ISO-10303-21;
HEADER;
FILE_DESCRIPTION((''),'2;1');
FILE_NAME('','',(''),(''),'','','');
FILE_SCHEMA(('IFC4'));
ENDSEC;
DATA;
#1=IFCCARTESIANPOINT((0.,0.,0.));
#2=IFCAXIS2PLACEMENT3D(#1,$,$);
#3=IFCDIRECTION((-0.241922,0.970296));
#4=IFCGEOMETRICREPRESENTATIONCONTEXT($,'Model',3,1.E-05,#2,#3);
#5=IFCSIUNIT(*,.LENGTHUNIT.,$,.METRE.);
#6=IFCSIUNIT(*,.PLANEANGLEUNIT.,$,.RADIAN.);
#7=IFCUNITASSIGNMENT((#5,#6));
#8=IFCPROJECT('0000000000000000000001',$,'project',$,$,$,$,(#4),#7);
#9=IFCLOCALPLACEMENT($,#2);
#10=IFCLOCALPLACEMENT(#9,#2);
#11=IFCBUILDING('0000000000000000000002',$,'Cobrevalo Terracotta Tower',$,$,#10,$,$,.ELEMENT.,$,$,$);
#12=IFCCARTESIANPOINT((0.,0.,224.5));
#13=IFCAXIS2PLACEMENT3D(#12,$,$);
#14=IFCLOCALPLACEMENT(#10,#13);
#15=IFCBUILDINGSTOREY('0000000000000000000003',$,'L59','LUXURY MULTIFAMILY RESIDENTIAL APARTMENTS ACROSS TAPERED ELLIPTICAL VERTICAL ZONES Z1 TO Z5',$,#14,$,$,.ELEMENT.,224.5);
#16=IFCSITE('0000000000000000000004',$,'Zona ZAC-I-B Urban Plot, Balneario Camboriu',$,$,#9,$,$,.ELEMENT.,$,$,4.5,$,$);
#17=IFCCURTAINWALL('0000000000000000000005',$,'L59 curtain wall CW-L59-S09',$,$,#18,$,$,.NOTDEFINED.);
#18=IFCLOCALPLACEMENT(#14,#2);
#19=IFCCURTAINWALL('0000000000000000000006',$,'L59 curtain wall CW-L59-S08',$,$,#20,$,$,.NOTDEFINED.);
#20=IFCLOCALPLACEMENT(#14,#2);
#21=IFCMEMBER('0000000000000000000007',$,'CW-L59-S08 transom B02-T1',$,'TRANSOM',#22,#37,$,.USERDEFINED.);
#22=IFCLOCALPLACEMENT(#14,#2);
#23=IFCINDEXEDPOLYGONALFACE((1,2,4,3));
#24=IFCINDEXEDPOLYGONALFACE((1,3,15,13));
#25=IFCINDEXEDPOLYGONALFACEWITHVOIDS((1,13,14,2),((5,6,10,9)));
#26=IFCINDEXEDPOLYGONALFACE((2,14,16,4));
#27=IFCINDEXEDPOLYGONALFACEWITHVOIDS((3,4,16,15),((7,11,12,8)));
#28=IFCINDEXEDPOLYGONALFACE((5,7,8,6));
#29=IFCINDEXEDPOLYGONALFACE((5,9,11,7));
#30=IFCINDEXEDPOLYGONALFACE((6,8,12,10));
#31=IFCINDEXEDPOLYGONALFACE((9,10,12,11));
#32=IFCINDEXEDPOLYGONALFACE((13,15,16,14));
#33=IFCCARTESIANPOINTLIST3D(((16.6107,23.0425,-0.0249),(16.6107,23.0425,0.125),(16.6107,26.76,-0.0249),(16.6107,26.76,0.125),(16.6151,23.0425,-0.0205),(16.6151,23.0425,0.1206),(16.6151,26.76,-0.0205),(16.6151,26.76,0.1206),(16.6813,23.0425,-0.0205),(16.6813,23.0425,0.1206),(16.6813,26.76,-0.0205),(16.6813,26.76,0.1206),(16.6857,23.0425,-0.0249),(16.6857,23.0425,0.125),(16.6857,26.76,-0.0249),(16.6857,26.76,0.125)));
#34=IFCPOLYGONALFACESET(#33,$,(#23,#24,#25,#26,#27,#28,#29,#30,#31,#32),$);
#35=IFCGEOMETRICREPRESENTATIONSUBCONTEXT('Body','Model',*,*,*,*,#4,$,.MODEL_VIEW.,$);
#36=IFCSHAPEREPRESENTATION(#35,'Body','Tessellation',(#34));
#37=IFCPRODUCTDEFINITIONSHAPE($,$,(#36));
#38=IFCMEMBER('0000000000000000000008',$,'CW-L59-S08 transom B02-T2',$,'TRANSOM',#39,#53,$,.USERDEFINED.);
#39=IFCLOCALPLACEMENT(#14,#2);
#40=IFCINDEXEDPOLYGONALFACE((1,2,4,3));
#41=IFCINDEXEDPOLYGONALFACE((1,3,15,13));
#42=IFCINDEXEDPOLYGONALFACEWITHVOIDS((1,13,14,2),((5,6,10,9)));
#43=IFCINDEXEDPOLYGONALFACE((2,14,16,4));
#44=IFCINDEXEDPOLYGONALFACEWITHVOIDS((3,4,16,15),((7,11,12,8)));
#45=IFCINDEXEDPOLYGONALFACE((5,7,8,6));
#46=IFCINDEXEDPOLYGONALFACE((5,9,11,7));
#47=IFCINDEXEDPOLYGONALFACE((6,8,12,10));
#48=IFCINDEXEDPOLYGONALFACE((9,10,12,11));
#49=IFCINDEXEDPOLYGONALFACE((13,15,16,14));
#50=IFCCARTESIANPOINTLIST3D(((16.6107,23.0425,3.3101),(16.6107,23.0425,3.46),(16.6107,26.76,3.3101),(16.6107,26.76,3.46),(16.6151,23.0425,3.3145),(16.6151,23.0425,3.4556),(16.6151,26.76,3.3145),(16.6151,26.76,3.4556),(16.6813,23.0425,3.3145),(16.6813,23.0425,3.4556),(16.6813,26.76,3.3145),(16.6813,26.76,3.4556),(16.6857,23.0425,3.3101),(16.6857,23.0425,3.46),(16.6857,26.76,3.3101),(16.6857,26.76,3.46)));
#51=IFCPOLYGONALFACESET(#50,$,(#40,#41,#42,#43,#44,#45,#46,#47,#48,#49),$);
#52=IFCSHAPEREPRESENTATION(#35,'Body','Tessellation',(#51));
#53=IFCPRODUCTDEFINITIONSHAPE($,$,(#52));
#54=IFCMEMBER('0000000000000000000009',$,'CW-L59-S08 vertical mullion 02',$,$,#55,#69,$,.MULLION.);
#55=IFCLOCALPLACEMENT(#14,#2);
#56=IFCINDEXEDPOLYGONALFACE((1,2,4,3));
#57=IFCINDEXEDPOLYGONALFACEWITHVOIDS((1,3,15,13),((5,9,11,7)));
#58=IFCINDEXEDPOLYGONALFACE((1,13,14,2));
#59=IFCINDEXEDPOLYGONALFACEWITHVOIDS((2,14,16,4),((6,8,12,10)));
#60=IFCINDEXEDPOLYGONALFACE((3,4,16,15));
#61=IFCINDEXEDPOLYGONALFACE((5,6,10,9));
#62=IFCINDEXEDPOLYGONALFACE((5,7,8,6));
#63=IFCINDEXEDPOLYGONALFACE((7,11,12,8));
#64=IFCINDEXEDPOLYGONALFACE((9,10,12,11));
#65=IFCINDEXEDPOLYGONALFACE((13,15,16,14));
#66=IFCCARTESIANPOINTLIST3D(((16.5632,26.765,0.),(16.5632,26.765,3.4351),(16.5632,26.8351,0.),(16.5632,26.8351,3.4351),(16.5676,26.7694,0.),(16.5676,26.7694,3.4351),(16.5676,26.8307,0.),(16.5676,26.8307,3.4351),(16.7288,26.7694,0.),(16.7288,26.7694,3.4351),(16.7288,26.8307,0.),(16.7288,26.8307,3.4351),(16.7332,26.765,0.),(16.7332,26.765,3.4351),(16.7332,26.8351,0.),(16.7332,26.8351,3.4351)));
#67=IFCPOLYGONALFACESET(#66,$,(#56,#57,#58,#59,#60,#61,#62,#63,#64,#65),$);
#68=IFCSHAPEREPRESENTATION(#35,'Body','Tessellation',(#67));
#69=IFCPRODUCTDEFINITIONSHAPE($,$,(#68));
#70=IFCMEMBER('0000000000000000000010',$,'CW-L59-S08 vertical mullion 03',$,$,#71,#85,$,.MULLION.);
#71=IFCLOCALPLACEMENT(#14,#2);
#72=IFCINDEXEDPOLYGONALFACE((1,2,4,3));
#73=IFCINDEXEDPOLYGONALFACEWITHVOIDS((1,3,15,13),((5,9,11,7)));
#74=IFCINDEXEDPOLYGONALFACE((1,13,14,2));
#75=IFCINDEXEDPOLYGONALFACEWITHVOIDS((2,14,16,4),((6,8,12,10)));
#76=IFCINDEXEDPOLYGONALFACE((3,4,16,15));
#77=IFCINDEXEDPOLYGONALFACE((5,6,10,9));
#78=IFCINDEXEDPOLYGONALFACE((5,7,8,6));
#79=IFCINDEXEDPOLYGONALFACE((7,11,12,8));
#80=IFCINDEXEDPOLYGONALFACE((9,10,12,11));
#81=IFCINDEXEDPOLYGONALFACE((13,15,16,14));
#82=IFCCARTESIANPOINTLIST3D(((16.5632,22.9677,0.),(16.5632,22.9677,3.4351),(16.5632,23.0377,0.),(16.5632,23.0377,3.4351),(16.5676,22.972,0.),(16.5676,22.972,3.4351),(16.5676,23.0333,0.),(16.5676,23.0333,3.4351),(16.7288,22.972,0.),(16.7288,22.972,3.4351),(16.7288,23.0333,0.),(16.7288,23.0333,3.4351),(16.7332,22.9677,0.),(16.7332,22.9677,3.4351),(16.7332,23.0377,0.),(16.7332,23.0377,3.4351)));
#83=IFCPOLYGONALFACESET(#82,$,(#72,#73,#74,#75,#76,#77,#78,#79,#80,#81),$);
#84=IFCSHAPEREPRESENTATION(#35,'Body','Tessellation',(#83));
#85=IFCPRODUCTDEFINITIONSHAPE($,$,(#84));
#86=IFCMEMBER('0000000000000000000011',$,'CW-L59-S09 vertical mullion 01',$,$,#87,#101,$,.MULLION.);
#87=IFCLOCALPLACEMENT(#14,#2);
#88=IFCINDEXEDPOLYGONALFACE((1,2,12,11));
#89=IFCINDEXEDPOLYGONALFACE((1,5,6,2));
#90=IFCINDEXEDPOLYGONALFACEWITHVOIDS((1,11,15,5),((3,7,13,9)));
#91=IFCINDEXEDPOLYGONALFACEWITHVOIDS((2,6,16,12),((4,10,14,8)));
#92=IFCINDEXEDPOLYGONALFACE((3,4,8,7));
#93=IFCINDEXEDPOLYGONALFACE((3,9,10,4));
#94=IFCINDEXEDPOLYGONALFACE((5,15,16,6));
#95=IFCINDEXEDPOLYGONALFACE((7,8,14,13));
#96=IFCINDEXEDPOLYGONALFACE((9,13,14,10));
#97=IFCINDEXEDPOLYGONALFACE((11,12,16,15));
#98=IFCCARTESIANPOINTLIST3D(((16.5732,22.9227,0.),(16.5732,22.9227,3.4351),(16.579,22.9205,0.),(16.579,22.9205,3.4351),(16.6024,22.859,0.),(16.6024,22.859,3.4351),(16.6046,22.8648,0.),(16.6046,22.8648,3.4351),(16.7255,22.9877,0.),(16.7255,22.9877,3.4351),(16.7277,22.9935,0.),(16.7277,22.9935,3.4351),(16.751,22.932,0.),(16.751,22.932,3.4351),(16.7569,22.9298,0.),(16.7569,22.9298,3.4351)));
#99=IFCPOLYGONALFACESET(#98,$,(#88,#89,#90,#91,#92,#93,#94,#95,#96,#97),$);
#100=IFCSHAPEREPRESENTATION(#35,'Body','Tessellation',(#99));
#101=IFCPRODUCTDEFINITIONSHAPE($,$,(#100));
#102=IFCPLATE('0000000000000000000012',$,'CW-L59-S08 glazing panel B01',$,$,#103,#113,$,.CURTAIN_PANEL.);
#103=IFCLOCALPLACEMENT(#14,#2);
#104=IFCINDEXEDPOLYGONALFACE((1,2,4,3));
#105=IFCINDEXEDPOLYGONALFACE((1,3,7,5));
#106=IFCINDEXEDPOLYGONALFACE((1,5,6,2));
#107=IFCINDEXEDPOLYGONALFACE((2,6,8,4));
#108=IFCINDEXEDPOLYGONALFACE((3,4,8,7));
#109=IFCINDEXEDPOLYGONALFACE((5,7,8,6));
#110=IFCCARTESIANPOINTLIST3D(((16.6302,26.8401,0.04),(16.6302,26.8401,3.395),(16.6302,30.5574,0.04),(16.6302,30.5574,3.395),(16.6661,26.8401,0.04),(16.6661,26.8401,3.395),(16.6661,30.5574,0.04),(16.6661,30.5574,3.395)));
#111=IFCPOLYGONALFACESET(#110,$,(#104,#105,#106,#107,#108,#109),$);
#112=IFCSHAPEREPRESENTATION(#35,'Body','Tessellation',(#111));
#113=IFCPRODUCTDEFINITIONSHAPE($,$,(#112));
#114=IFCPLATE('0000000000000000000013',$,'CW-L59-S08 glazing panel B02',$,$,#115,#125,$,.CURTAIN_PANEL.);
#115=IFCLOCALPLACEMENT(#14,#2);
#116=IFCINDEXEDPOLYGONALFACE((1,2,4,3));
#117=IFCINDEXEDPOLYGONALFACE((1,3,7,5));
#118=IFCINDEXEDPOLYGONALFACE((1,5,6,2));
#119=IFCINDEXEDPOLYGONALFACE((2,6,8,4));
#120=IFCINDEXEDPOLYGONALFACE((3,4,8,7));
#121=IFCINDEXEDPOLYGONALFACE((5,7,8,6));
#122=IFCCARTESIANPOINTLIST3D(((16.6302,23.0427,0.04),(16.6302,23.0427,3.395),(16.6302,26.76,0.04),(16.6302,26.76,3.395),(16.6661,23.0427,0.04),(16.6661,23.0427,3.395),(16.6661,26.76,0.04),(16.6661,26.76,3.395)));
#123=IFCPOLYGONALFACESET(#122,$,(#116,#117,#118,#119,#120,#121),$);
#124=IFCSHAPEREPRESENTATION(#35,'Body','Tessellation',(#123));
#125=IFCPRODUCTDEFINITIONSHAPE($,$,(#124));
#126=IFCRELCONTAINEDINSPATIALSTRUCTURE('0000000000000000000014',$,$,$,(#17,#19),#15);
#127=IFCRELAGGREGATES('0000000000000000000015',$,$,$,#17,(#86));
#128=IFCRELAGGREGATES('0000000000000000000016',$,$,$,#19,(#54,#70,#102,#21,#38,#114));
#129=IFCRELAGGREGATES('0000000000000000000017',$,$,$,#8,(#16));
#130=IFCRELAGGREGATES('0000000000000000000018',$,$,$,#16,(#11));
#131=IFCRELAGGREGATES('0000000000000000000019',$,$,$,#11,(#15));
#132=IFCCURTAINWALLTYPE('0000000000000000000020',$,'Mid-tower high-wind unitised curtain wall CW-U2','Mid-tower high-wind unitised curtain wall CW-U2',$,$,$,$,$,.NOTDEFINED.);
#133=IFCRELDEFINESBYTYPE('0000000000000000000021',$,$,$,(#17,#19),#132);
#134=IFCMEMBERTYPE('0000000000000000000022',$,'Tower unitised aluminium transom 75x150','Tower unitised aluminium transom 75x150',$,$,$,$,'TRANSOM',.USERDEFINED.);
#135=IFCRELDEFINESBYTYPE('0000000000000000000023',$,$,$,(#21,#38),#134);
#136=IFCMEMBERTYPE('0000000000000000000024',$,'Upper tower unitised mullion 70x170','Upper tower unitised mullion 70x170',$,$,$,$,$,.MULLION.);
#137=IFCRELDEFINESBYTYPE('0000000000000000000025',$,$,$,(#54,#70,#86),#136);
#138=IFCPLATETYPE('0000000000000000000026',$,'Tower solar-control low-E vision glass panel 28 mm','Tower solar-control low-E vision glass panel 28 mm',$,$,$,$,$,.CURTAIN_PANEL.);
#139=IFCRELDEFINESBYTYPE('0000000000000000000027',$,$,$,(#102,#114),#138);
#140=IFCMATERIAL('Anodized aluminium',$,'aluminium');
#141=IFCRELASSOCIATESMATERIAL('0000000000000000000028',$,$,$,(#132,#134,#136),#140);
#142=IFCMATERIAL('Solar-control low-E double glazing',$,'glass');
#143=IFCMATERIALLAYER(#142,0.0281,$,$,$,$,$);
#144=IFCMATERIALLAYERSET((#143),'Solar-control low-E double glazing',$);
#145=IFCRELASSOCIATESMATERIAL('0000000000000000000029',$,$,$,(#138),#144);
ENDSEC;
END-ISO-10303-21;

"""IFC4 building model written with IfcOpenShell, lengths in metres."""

from ifc_helpers import new_model, si_unit, direction, frame, origin, origin_2d, place, context, subcontext, project, spatial, rectangle, hollow_rectangle, extrude, source, transform, mapped, material, layer, layer_set, material_profile, profile_set, type_object, element, aggregate, save


model = new_model("IFC4")

# Units and contexts
model_context = context("Model", 3, precision=1e-05, world=origin(), true_north=direction((-0.241922, 0.970296)))
body_context = subcontext(model_context, "Body", "Model", "MODEL_VIEW")
ifc_project = project(units=[si_unit("LENGTHUNIT", "METRE"), si_unit("PLANEANGLEUNIT", "RADIAN")], contexts=[model_context])

# Site, building, storey
site_placement = place(None, origin())
site = spatial("IfcSite", under=ifc_project, at=site_placement, Name="Zona ZAC-I-B Urban Plot, Balneario Camboriu", CompositionType="ELEMENT", RefElevation=4.5)
building_placement = place(site_placement, origin())
building = spatial("IfcBuilding", under=site, at=building_placement, Name="Cobrevalo Terracotta Tower", CompositionType="ELEMENT")
storey_placement = place(building_placement, frame((0.0, 0.0, 224.5)))
storey = spatial("IfcBuildingStorey", under=building, at=storey_placement, Name="L59", Description="LUXURY MULTIFAMILY RESIDENTIAL APARTMENTS ACROSS TAPERED ELLIPTICAL VERTICAL ZONES Z1 TO Z5", CompositionType="ELEMENT", Elevation=224.5)

# Curtain walls, members
ifc_material_1 = material(Name="Anodized aluminium", Category="aluminium")
curtain_wall_type = type_object("IfcCurtainWallType", Name="Mid-tower high-wind unitised curtain wall CW-U2", Description="Mid-tower high-wind unitised curtain wall CW-U2", PredefinedType="NOTDEFINED", material=ifc_material_1)
curtain_wall_1_placement = place(storey_placement, origin())
curtain_wall_1 = element("IfcCurtainWall", 1, at=curtain_wall_1_placement, inside=storey, type_object=curtain_wall_type, Name="L59 curtain wall CW-L59-S09", PredefinedType="NOTDEFINED")
ifc_material_profile_1 = material_profile(ifc_material_1, hollow_rectangle(XDim=0.075, YDim=0.1499, WallThickness=0.0044, at=origin_2d()), Name="CWT 75x150")
ifc_profile_set_1 = profile_set([ifc_material_profile_1], Name="Anodized aluminium")
member_type_1 = type_object("IfcMemberType", Name="Tower unitised aluminium transom 75x150", Description="Tower unitised aluminium transom 75x150", ElementType="TRANSOM", PredefinedType="USERDEFINED", material=ifc_profile_set_1)
curtain_wall_2_placement = place(storey_placement, origin())
curtain_wall_2 = element("IfcCurtainWall", 2, at=curtain_wall_2_placement, inside=storey, type_object=curtain_wall_type, Name="L59 curtain wall CW-L59-S08", PredefinedType="NOTDEFINED")
shared_shape_1 = source(origin(), body_context, "Body", "SweptSolid", [
    extrude(hollow_rectangle(XDim=0.075, YDim=0.1499, WallThickness=0.0044, at=origin_2d()), origin(), (0.0, 0.0, 1.0), 3.7175),
])
member_1_placement = place(storey_placement, frame((16.6482, 26.76, 0.05), z_axis=(0.0, -1.0, 0.0), x_axis=(1.0, 0.0, 0.0)))
member_1 = element("IfcMember", 3, at=member_1_placement, type_object=member_type_1, Name="CW-L59-S08 transom B02-T1", ObjectType="TRANSOM", PredefinedType="USERDEFINED", context=body_context, shape_type="MappedRepresentation", body=[
    mapped(shared_shape_1, transform((0.0, 0.0, 0.0), scale=1.0)),
])
member_2_placement = place(storey_placement, frame((16.6482, 26.76, 3.385), z_axis=(0.0, -1.0, 0.0), x_axis=(1.0, 0.0, 0.0)))
member_2 = element("IfcMember", 4, at=member_2_placement, type_object=member_type_1, Name="CW-L59-S08 transom B02-T2", ObjectType="TRANSOM", PredefinedType="USERDEFINED", context=body_context, shape_type="MappedRepresentation", body=[
    mapped(shared_shape_1, transform((0.0, 0.0, 0.0), scale=1.0)),
])
ifc_material_profile_2 = material_profile(ifc_material_1, hollow_rectangle(XDim=0.0701, YDim=0.1699, WallThickness=0.0044, at=origin_2d()), Name="CWM 70x170")
ifc_profile_set_2 = profile_set([ifc_material_profile_2], Name="Anodized aluminium")
member_type_2 = type_object("IfcMemberType", Name="Upper tower unitised mullion 70x170", Description="Upper tower unitised mullion 70x170", PredefinedType="MULLION", material=ifc_profile_set_2)
shared_shape_2 = source(origin(), body_context, "Body", "SweptSolid", [
    extrude(hollow_rectangle(XDim=0.0701, YDim=0.1699, WallThickness=0.0044, at=origin_2d()), origin(), (0.0, 0.0, 1.0), 3.4351),
])
member_3_placement = place(storey_placement, frame((16.6482, 26.8, 0.0), z_axis=(0.0, 0.0, 1.0), x_axis=(0.0, -1.0, 0.0)))
member_3 = element("IfcMember", 5, at=member_3_placement, type_object=member_type_2, Name="CW-L59-S08 vertical mullion 02", PredefinedType="MULLION", context=body_context, shape_type="MappedRepresentation", body=[
    mapped(shared_shape_2, transform((0.0, 0.0, 0.0), scale=1.0)),
])
member_4_placement = place(storey_placement, frame((16.6482, 23.0027, 0.0), z_axis=(0.0, 0.0, 1.0), x_axis=(0.0, -1.0, 0.0)))
member_4 = element("IfcMember", 6, at=member_4_placement, type_object=member_type_2, Name="CW-L59-S08 vertical mullion 03", PredefinedType="MULLION", context=body_context, shape_type="MappedRepresentation", body=[
    mapped(shared_shape_2, transform((0.0, 0.0, 0.0), scale=1.0)),
])

# Member
member_5_placement = place(storey_placement, frame((16.665, 22.9263, 0.0), z_axis=(0.0, 0.0, 1.0), x_axis=(0.416725, -0.909033, 0.0)))
member_5 = element("IfcMember", 7, at=member_5_placement, type_object=member_type_2, Name="CW-L59-S09 vertical mullion 01", PredefinedType="MULLION", context=body_context, shape_type="MappedRepresentation", body=[
    mapped(shared_shape_2, transform((0.0, 0.0, 0.0), scale=1.0)),
])
aggregate(curtain_wall_1, [member_5])

# Plates
ifc_material_2 = material(Name="Solar-control low-E double glazing", Category="glass")
ifc_layer = layer(ifc_material_2, 0.0281)
ifc_layer_set = layer_set([ifc_layer], Name="Solar-control low-E double glazing")
plate_type = type_object("IfcPlateType", Name="Tower solar-control low-E vision glass panel 28 mm", Description="Tower solar-control low-E vision glass panel 28 mm", PredefinedType="CURTAIN_PANEL", material=ifc_layer_set)
shared_shape_3 = source(origin(), body_context, "Body", "SweptSolid", [
    extrude(rectangle(XDim=3.7173, YDim=0.0359, at=origin_2d()), origin(), (0.0, 0.0, 1.0), 3.355),
])
plate_1_placement = place(storey_placement, frame((16.6482, 28.6987, 0.04), z_axis=(0.0, 0.0, 1.0), x_axis=(0.0, -1.0, 0.0)))
plate_1 = element("IfcPlate", 8, at=plate_1_placement, type_object=plate_type, Name="CW-L59-S08 glazing panel B01", PredefinedType="CURTAIN_PANEL", context=body_context, shape_type="MappedRepresentation", body=[
    mapped(shared_shape_3, transform((0.0, 0.0, 0.0), scale=1.0)),
])
plate_2_placement = place(storey_placement, frame((16.6482, 24.9014, 0.04), z_axis=(0.0, 0.0, 1.0), x_axis=(0.0, -1.0, 0.0)))
plate_2 = element("IfcPlate", 9, at=plate_2_placement, type_object=plate_type, Name="CW-L59-S08 glazing panel B02", PredefinedType="CURTAIN_PANEL", context=body_context, shape_type="MappedRepresentation", body=[
    mapped(shared_shape_3, transform((0.0, 0.0, 0.0), scale=1.0)),
])
aggregate(curtain_wall_2, [member_3, member_4, plate_1, member_1, member_2, plate_2])

save(model, "model.ifc")
